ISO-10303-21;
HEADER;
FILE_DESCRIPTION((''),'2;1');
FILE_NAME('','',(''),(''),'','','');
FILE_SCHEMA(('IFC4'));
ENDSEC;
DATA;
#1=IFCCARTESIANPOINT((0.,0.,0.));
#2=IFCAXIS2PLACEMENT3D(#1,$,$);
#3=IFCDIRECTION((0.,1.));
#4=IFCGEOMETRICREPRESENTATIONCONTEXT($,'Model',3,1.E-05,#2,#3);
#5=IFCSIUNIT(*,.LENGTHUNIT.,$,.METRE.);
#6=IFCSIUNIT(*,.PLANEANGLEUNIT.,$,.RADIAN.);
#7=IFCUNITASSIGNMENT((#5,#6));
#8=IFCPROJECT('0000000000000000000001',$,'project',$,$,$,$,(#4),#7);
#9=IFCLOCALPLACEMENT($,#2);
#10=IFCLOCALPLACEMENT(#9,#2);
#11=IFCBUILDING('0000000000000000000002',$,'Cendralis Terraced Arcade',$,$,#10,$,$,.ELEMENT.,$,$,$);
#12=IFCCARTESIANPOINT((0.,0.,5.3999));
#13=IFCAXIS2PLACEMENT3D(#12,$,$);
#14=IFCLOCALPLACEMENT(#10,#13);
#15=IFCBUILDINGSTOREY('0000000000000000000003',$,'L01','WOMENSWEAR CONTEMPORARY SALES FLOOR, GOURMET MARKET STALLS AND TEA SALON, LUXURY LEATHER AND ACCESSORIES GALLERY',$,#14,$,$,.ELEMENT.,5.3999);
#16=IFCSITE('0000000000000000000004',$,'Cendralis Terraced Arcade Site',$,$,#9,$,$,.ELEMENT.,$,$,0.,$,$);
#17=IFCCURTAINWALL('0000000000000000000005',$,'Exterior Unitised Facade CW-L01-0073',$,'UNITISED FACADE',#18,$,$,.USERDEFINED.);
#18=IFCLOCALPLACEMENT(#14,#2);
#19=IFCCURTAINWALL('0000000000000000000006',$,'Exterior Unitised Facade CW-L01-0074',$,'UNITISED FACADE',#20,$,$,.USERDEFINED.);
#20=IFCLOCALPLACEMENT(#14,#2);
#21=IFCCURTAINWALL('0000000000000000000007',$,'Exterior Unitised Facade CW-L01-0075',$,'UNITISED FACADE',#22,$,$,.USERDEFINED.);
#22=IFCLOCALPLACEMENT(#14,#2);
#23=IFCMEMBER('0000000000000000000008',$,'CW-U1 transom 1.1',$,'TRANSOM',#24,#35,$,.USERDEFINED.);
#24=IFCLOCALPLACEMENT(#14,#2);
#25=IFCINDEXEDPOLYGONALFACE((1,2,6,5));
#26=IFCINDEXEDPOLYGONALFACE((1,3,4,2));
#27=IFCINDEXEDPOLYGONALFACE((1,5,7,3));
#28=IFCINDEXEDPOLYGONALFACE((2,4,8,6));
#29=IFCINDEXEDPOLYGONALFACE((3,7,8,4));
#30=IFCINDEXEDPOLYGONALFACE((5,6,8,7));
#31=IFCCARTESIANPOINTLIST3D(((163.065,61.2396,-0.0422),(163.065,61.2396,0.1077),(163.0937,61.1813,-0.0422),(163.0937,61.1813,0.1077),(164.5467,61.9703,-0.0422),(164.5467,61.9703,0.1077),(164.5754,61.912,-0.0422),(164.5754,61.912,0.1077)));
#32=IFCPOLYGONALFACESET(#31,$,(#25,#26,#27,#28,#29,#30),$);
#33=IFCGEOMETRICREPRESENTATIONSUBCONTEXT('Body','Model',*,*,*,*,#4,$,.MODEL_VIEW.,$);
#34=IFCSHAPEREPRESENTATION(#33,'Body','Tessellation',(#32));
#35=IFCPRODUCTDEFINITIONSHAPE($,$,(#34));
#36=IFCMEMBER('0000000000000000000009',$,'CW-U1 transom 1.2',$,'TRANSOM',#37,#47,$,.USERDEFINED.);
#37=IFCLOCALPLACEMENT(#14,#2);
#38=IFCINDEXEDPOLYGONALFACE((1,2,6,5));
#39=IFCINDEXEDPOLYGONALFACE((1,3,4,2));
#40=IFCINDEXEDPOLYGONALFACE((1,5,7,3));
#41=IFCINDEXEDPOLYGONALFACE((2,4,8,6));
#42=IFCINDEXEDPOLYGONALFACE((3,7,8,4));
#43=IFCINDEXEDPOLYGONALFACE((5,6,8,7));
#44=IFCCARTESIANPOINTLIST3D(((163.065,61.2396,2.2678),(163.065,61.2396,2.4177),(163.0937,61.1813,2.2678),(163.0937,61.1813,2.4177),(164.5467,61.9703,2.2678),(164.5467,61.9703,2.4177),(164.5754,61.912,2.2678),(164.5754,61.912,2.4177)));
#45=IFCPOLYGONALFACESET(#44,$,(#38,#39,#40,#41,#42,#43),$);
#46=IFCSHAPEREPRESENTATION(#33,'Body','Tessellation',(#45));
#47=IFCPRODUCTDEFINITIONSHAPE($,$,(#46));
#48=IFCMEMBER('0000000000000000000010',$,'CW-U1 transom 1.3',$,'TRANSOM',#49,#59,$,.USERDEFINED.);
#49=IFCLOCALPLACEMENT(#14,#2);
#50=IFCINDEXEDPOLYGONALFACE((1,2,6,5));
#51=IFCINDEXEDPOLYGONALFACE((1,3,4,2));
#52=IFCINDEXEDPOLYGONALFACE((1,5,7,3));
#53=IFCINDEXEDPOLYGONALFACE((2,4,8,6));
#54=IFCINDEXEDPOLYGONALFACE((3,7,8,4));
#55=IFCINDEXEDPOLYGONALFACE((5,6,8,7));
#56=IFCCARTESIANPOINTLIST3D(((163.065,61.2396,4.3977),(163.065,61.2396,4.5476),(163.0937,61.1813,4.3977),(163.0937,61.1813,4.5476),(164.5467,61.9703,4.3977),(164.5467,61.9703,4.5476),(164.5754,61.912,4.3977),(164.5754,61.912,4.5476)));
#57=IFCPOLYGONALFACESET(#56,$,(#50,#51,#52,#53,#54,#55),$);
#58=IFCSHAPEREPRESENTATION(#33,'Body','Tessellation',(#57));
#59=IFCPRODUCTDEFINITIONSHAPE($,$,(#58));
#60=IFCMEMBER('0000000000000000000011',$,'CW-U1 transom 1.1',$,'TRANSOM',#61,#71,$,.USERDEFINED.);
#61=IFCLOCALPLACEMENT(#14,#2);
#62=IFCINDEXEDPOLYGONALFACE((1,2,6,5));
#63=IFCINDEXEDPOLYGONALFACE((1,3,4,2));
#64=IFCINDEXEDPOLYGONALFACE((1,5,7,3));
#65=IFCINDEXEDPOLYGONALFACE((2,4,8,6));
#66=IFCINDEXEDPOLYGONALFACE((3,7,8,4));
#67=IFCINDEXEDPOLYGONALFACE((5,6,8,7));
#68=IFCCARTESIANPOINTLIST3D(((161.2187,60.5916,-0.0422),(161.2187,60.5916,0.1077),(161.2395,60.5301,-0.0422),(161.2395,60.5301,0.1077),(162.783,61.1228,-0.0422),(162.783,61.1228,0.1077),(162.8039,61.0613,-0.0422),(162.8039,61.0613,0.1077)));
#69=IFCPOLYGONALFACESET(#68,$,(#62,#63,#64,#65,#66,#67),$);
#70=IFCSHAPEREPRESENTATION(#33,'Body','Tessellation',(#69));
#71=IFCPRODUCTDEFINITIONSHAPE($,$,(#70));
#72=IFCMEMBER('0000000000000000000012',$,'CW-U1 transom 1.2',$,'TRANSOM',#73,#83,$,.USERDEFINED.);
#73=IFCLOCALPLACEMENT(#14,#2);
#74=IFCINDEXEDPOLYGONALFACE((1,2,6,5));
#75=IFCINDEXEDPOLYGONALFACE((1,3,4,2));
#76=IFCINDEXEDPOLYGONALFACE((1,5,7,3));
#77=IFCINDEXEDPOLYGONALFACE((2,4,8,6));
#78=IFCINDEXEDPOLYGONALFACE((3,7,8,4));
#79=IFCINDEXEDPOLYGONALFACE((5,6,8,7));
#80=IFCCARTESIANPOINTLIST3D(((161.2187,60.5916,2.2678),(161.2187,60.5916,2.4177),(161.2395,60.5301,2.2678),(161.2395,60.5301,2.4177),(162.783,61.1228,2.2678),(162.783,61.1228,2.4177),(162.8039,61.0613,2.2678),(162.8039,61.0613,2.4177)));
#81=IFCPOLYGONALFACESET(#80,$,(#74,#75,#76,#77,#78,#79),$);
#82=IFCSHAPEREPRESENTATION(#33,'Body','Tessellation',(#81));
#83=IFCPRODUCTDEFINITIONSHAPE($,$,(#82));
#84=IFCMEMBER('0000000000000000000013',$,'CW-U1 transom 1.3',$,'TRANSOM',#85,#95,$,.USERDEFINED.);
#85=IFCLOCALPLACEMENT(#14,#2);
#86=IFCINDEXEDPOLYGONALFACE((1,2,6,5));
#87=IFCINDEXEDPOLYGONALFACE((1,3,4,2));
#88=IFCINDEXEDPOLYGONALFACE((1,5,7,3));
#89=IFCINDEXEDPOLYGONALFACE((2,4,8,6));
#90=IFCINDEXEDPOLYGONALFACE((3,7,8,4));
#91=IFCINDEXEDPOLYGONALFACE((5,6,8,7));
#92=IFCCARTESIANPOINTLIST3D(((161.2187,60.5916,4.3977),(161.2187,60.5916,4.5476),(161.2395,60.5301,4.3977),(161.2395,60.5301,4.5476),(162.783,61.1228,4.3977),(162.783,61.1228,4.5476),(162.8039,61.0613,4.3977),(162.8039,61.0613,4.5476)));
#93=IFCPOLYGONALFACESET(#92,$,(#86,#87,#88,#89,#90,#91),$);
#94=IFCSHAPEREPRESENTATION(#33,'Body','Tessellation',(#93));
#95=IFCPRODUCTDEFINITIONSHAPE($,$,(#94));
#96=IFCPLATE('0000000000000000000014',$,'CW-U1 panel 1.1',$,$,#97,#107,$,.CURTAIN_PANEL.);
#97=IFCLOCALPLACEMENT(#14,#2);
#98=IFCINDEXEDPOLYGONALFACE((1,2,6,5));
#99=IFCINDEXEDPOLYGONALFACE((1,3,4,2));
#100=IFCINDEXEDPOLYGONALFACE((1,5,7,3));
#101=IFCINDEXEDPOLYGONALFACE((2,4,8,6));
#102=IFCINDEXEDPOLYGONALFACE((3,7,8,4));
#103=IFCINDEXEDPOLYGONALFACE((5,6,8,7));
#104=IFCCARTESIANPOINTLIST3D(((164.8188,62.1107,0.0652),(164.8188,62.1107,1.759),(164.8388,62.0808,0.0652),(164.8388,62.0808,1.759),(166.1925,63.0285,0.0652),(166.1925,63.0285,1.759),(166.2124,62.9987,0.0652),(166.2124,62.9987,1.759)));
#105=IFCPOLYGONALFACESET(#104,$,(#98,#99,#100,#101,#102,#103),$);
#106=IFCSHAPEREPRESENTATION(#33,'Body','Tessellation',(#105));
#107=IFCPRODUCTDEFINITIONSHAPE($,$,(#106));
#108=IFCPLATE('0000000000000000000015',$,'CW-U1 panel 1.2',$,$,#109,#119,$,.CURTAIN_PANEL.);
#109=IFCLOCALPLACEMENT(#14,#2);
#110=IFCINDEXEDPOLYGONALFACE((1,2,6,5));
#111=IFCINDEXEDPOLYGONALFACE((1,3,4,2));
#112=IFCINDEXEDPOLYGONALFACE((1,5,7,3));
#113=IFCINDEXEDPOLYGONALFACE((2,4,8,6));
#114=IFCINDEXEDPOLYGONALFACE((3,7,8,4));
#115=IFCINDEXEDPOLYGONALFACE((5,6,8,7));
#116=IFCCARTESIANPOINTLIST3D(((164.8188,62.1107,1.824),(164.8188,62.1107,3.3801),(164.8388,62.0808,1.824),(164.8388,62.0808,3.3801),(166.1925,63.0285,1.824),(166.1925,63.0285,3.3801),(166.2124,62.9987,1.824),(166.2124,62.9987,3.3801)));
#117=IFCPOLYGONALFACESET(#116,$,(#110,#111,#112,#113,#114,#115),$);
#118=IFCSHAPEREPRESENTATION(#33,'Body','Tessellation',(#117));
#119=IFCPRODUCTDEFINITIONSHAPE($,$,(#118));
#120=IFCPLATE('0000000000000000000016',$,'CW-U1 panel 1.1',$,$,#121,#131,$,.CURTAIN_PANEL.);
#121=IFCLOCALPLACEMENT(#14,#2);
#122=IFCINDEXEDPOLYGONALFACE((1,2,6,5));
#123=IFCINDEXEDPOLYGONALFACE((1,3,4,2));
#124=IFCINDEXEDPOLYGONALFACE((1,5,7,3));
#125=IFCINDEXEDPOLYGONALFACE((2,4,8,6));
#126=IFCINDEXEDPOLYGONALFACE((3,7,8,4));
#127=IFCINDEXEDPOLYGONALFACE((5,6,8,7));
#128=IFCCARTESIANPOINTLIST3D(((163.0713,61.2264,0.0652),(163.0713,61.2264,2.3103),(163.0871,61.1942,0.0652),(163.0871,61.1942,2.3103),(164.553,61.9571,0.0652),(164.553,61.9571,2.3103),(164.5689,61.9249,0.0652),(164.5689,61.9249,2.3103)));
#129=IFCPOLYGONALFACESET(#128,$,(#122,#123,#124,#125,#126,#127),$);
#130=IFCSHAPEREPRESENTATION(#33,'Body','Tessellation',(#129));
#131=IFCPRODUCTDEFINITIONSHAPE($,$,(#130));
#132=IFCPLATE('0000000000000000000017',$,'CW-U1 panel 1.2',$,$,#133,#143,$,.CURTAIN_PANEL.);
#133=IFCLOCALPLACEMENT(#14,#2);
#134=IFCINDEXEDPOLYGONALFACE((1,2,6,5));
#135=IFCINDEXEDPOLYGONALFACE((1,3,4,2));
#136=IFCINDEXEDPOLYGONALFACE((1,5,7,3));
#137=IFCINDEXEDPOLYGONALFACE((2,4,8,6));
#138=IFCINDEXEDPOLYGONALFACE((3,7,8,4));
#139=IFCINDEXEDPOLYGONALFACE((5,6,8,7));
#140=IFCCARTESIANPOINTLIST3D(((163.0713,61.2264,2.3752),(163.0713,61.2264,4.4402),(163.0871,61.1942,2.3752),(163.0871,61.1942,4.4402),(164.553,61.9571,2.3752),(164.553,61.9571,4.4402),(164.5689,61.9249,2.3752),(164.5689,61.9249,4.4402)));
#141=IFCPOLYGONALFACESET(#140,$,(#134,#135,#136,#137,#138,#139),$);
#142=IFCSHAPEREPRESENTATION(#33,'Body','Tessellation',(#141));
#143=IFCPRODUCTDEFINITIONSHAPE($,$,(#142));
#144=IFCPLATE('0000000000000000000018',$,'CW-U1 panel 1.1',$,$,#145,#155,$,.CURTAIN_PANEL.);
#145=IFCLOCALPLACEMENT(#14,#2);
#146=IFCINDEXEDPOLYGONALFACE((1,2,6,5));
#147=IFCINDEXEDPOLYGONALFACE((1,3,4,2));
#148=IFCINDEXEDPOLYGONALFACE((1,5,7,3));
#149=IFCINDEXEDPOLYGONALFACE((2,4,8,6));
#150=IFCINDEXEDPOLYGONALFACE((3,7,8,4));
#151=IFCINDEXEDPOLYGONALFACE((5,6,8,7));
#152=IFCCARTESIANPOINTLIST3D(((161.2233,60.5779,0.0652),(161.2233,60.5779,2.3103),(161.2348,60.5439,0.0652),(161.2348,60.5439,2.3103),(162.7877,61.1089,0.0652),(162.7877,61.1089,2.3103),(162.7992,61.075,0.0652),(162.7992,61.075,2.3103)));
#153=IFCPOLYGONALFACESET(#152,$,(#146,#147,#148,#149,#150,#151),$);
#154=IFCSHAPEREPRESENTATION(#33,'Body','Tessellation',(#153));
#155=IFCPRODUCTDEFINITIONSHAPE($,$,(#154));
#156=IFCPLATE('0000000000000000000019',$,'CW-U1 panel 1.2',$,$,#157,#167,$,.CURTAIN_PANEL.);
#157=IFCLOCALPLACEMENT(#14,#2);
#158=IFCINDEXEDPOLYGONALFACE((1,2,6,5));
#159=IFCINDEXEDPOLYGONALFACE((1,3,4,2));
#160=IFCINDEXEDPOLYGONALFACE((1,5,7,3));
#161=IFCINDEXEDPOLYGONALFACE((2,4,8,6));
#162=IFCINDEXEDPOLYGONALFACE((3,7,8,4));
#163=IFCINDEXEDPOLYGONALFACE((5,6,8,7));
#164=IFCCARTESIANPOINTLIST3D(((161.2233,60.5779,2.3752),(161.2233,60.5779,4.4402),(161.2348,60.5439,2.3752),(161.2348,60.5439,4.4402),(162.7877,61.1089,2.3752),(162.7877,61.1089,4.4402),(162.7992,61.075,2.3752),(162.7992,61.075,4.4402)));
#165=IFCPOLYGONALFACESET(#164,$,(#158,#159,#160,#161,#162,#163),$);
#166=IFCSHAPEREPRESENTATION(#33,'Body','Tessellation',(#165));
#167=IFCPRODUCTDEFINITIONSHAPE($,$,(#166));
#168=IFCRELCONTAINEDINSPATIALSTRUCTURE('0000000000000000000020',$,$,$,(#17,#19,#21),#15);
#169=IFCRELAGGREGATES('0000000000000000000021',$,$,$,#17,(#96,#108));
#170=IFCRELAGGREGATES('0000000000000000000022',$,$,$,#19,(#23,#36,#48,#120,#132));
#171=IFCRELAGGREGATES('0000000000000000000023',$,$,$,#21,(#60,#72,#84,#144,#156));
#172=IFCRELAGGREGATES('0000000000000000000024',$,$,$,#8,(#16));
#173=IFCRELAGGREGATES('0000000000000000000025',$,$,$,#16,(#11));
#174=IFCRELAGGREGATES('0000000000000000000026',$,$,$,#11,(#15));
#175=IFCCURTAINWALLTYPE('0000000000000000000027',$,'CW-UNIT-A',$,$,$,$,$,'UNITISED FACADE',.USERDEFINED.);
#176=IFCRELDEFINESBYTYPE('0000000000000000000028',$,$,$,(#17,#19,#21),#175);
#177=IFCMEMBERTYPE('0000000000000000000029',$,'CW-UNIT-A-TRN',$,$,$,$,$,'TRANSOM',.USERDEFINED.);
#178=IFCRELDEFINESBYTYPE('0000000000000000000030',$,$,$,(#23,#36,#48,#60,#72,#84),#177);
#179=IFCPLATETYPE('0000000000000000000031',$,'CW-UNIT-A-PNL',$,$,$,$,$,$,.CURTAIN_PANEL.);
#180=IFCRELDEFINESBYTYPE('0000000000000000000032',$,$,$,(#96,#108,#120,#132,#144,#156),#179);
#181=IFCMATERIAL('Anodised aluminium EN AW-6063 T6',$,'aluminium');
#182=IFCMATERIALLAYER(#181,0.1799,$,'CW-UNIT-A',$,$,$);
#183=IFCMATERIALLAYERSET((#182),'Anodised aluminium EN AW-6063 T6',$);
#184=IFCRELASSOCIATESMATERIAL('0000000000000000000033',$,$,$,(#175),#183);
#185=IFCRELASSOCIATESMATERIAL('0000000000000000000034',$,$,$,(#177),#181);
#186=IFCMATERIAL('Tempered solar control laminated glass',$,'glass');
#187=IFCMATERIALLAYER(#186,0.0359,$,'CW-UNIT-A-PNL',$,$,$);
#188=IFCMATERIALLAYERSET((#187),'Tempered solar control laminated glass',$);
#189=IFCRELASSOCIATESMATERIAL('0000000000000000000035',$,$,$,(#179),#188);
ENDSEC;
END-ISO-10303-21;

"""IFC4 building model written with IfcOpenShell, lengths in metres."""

from ifc_helpers import new_model, si_unit, direction, frame, origin, origin_2d, place, context, subcontext, project, spatial, rectangle, extrude, material, layer, layer_set, material_profile, profile_set, type_object, element, aggregate, save


model = new_model("IFC4")

# Units and contexts
model_context = context("Model", 3, precision=1e-05, world=origin(), true_north=direction((0.0, 1.0)))
body_context = subcontext(model_context, "Body", "Model", "MODEL_VIEW")
ifc_project = project(units=[si_unit("LENGTHUNIT", "METRE"), si_unit("PLANEANGLEUNIT", "RADIAN")], contexts=[model_context])

# Site, building, storey
site_placement = place(None, origin())
site = spatial("IfcSite", under=ifc_project, at=site_placement, Name="Cendralis Terraced Arcade Site", CompositionType="ELEMENT", RefElevation=0.0)
building_placement = place(site_placement, origin())
building = spatial("IfcBuilding", under=site, at=building_placement, Name="Cendralis Terraced Arcade", CompositionType="ELEMENT")
storey_placement = place(building_placement, frame((0.0, 0.0, 5.3999)))
storey = spatial("IfcBuildingStorey", under=building, at=storey_placement, Name="L01", Description="WOMENSWEAR CONTEMPORARY SALES FLOOR, GOURMET MARKET STALLS AND TEA SALON, LUXURY LEATHER AND ACCESSORIES GALLERY", CompositionType="ELEMENT", Elevation=5.3999)

# Curtain wall
ifc_material_1 = material(Name="Anodised aluminium EN AW-6063 T6", Category="aluminium")
ifc_layer_1 = layer(ifc_material_1, 0.1799, Name="CW-UNIT-A")
ifc_layer_set_1 = layer_set([ifc_layer_1], Name="Anodised aluminium EN AW-6063 T6")
curtain_wall_type = type_object("IfcCurtainWallType", Name="CW-UNIT-A", ElementType="UNITISED FACADE", PredefinedType="USERDEFINED", material=ifc_layer_set_1)
curtain_wall_1_placement = place(storey_placement, origin())
curtain_wall_1 = element("IfcCurtainWall", 1, at=curtain_wall_1_placement, inside=storey, type_object=curtain_wall_type, Name="Exterior Unitised Facade CW-L01-0073", ObjectType="UNITISED FACADE", PredefinedType="USERDEFINED")

# Curtain wall
curtain_wall_2_placement = place(storey_placement, origin())
curtain_wall_2 = element("IfcCurtainWall", 2, at=curtain_wall_2_placement, inside=storey, type_object=curtain_wall_type, Name="Exterior Unitised Facade CW-L01-0074", ObjectType="UNITISED FACADE", PredefinedType="USERDEFINED")

# Curtain wall
curtain_wall_3_placement = place(storey_placement, origin())
curtain_wall_3 = element("IfcCurtainWall", 3, at=curtain_wall_3_placement, inside=storey, type_object=curtain_wall_type, Name="Exterior Unitised Facade CW-L01-0075", ObjectType="UNITISED FACADE", PredefinedType="USERDEFINED")

# Members
ifc_material_profile_1 = material_profile(ifc_material_1, rectangle(XDim=0.0649, YDim=0.1499, at=origin_2d()), Name="ALU-TRN-65x150")
ifc_profile_set_1 = profile_set([ifc_material_profile_1], Name="Anodised aluminium EN AW-6063 T6")
member_type_1 = type_object("IfcMemberType", Name="CW-UNIT-A-TRN", ElementType="TRANSOM", PredefinedType="USERDEFINED", material=ifc_profile_set_1)
member_1_placement = place(storey_placement, frame((164.561, 61.9412, 0.0327), z_axis=(-0.896867, -0.442301, 0.0), x_axis=(0.442301, -0.896867, 0.0)))
member_1 = element("IfcMember", 4, at=member_1_placement, type_object=member_type_1, Name="CW-U1 transom 1.1", ObjectType="TRANSOM", PredefinedType="USERDEFINED", context=body_context, shape_type="SweptSolid", body=[
    extrude(rectangle(XDim=0.0649, YDim=0.1499, at=origin_2d()), origin(), (0.0, 0.0, 1.0), 1.6521),
])
member_2_placement = place(storey_placement, frame((164.561, 61.9412, 2.3428), z_axis=(-0.896867, -0.442301, 0.0), x_axis=(0.442301, -0.896867, 0.0)))
member_2 = element("IfcMember", 5, at=member_2_placement, type_object=member_type_1, Name="CW-U1 transom 1.2", ObjectType="TRANSOM", PredefinedType="USERDEFINED", context=body_context, shape_type="SweptSolid", body=[
    extrude(rectangle(XDim=0.0649, YDim=0.1499, at=origin_2d()), origin(), (0.0, 0.0, 1.0), 1.6521),
])
member_3_placement = place(storey_placement, frame((164.561, 61.9412, 4.4727), z_axis=(-0.896867, -0.442301, 0.0), x_axis=(0.442301, -0.896867, 0.0)))
member_3 = element("IfcMember", 6, at=member_3_placement, type_object=member_type_1, Name="CW-U1 transom 1.3", ObjectType="TRANSOM", PredefinedType="USERDEFINED", context=body_context, shape_type="SweptSolid", body=[
    extrude(rectangle(XDim=0.0649, YDim=0.1499, at=origin_2d()), origin(), (0.0, 0.0, 1.0), 1.6521),
])
member_4_placement = place(storey_placement, frame((162.7935, 61.092, 0.0327), z_axis=(-0.946895, -0.321542, 0.0), x_axis=(0.321542, -0.946895, 0.0)))
member_4 = element("IfcMember", 7, at=member_4_placement, type_object=member_type_1, Name="CW-U1 transom 1.1", ObjectType="TRANSOM", PredefinedType="USERDEFINED", context=body_context, shape_type="SweptSolid", body=[
    extrude(rectangle(XDim=0.0649, YDim=0.1499, at=origin_2d()), origin(), (0.0, 0.0, 1.0), 1.6521),
])
member_5_placement = place(storey_placement, frame((162.7935, 61.092, 2.3428), z_axis=(-0.946895, -0.321542, 0.0), x_axis=(0.321542, -0.946895, 0.0)))
member_5 = element("IfcMember", 8, at=member_5_placement, type_object=member_type_1, Name="CW-U1 transom 1.2", ObjectType="TRANSOM", PredefinedType="USERDEFINED", context=body_context, shape_type="SweptSolid", body=[
    extrude(rectangle(XDim=0.0649, YDim=0.1499, at=origin_2d()), origin(), (0.0, 0.0, 1.0), 1.6521),
])
member_6_placement = place(storey_placement, frame((162.7935, 61.092, 4.4727), z_axis=(-0.946895, -0.321542, 0.0), x_axis=(0.321542, -0.946895, 0.0)))
member_6 = element("IfcMember", 9, at=member_6_placement, type_object=member_type_1, Name="CW-U1 transom 1.3", ObjectType="TRANSOM", PredefinedType="USERDEFINED", context=body_context, shape_type="SweptSolid", body=[
    extrude(rectangle(XDim=0.0649, YDim=0.1499, at=origin_2d()), origin(), (0.0, 0.0, 1.0), 1.6521),
])

# Plates
ifc_material_2 = material(Name="Tempered solar control laminated glass", Category="glass")
ifc_layer_2 = layer(ifc_material_2, 0.0359, Name="CW-UNIT-A-PNL")
ifc_layer_set_2 = layer_set([ifc_layer_2], Name="Tempered solar control laminated glass")
plate_type = type_object("IfcPlateType", Name="CW-UNIT-A-PNL", PredefinedType="CURTAIN_PANEL", material=ifc_layer_set_2)
plate_1_placement = place(storey_placement, frame((165.5156, 62.5547, 0.0652), z_axis=(0.0, 0.0, 1.0), x_axis=(-0.831471, -0.555567, 0.0)))
plate_1 = element("IfcPlate", 10, at=plate_1_placement, type_object=plate_type, Name="CW-U1 panel 1.1", PredefinedType="CURTAIN_PANEL", context=body_context, shape_type="SweptSolid", body=[
    extrude(rectangle(XDim=1.6521, YDim=0.0359, at=origin_2d()), origin(), (0.0, 0.0, 1.0), 1.6938),
])
plate_2_placement = place(storey_placement, frame((165.5156, 62.5547, 1.824), z_axis=(0.0, 0.0, 1.0), x_axis=(-0.831471, -0.555567, 0.0)))
plate_2 = element("IfcPlate", 11, at=plate_2_placement, type_object=plate_type, Name="CW-U1 panel 1.2", PredefinedType="CURTAIN_PANEL", context=body_context, shape_type="SweptSolid", body=[
    extrude(rectangle(XDim=1.6521, YDim=0.0359, at=origin_2d()), origin(), (0.0, 0.0, 1.0), 1.5562),
])
aggregate(curtain_wall_1, [plate_1, plate_2])
plate_3_placement = place(storey_placement, frame((163.8201, 61.5757, 0.0652), z_axis=(0.0, 0.0, 1.0), x_axis=(-0.896871, -0.442291, 0.0)))
plate_3 = element("IfcPlate", 12, at=plate_3_placement, type_object=plate_type, Name="CW-U1 panel 1.1", PredefinedType="CURTAIN_PANEL", context=body_context, shape_type="SweptSolid", body=[
    extrude(rectangle(XDim=1.6521, YDim=0.0359, at=origin_2d()), origin(), (0.0, 0.0, 1.0), 2.2451),
])
plate_4_placement = place(storey_placement, frame((163.8201, 61.5757, 2.3752), z_axis=(0.0, 0.0, 1.0), x_axis=(-0.896871, -0.442291, 0.0)))
plate_4 = element("IfcPlate", 13, at=plate_4_placement, type_object=plate_type, Name="CW-U1 panel 1.2", PredefinedType="CURTAIN_PANEL", context=body_context, shape_type="SweptSolid", body=[
    extrude(rectangle(XDim=1.6521, YDim=0.0359, at=origin_2d()), origin(), (0.0, 0.0, 1.0), 2.0649),
])
aggregate(curtain_wall_2, [member_1, member_2, member_3, plate_3, plate_4])
plate_5_placement = place(storey_placement, frame((162.0112, 60.8264, 0.0652), z_axis=(0.0, 0.0, 1.0), x_axis=(-0.946924, -0.321458, 0.0)))
plate_5 = element("IfcPlate", 14, at=plate_5_placement, type_object=plate_type, Name="CW-U1 panel 1.1", PredefinedType="CURTAIN_PANEL", context=body_context, shape_type="SweptSolid", body=[
    extrude(rectangle(XDim=1.6521, YDim=0.0359, at=origin_2d()), origin(), (0.0, 0.0, 1.0), 2.2451),
])
plate_6_placement = place(storey_placement, frame((162.0112, 60.8264, 2.3752), z_axis=(0.0, 0.0, 1.0), x_axis=(-0.946924, -0.321458, 0.0)))
plate_6 = element("IfcPlate", 15, at=plate_6_placement, type_object=plate_type, Name="CW-U1 panel 1.2", PredefinedType="CURTAIN_PANEL", context=body_context, shape_type="SweptSolid", body=[
    extrude(rectangle(XDim=1.6521, YDim=0.0359, at=origin_2d()), origin(), (0.0, 0.0, 1.0), 2.0649),
])
aggregate(curtain_wall_3, [member_4, member_5, member_6, plate_5, plate_6])

save(model, "model.ifc")
